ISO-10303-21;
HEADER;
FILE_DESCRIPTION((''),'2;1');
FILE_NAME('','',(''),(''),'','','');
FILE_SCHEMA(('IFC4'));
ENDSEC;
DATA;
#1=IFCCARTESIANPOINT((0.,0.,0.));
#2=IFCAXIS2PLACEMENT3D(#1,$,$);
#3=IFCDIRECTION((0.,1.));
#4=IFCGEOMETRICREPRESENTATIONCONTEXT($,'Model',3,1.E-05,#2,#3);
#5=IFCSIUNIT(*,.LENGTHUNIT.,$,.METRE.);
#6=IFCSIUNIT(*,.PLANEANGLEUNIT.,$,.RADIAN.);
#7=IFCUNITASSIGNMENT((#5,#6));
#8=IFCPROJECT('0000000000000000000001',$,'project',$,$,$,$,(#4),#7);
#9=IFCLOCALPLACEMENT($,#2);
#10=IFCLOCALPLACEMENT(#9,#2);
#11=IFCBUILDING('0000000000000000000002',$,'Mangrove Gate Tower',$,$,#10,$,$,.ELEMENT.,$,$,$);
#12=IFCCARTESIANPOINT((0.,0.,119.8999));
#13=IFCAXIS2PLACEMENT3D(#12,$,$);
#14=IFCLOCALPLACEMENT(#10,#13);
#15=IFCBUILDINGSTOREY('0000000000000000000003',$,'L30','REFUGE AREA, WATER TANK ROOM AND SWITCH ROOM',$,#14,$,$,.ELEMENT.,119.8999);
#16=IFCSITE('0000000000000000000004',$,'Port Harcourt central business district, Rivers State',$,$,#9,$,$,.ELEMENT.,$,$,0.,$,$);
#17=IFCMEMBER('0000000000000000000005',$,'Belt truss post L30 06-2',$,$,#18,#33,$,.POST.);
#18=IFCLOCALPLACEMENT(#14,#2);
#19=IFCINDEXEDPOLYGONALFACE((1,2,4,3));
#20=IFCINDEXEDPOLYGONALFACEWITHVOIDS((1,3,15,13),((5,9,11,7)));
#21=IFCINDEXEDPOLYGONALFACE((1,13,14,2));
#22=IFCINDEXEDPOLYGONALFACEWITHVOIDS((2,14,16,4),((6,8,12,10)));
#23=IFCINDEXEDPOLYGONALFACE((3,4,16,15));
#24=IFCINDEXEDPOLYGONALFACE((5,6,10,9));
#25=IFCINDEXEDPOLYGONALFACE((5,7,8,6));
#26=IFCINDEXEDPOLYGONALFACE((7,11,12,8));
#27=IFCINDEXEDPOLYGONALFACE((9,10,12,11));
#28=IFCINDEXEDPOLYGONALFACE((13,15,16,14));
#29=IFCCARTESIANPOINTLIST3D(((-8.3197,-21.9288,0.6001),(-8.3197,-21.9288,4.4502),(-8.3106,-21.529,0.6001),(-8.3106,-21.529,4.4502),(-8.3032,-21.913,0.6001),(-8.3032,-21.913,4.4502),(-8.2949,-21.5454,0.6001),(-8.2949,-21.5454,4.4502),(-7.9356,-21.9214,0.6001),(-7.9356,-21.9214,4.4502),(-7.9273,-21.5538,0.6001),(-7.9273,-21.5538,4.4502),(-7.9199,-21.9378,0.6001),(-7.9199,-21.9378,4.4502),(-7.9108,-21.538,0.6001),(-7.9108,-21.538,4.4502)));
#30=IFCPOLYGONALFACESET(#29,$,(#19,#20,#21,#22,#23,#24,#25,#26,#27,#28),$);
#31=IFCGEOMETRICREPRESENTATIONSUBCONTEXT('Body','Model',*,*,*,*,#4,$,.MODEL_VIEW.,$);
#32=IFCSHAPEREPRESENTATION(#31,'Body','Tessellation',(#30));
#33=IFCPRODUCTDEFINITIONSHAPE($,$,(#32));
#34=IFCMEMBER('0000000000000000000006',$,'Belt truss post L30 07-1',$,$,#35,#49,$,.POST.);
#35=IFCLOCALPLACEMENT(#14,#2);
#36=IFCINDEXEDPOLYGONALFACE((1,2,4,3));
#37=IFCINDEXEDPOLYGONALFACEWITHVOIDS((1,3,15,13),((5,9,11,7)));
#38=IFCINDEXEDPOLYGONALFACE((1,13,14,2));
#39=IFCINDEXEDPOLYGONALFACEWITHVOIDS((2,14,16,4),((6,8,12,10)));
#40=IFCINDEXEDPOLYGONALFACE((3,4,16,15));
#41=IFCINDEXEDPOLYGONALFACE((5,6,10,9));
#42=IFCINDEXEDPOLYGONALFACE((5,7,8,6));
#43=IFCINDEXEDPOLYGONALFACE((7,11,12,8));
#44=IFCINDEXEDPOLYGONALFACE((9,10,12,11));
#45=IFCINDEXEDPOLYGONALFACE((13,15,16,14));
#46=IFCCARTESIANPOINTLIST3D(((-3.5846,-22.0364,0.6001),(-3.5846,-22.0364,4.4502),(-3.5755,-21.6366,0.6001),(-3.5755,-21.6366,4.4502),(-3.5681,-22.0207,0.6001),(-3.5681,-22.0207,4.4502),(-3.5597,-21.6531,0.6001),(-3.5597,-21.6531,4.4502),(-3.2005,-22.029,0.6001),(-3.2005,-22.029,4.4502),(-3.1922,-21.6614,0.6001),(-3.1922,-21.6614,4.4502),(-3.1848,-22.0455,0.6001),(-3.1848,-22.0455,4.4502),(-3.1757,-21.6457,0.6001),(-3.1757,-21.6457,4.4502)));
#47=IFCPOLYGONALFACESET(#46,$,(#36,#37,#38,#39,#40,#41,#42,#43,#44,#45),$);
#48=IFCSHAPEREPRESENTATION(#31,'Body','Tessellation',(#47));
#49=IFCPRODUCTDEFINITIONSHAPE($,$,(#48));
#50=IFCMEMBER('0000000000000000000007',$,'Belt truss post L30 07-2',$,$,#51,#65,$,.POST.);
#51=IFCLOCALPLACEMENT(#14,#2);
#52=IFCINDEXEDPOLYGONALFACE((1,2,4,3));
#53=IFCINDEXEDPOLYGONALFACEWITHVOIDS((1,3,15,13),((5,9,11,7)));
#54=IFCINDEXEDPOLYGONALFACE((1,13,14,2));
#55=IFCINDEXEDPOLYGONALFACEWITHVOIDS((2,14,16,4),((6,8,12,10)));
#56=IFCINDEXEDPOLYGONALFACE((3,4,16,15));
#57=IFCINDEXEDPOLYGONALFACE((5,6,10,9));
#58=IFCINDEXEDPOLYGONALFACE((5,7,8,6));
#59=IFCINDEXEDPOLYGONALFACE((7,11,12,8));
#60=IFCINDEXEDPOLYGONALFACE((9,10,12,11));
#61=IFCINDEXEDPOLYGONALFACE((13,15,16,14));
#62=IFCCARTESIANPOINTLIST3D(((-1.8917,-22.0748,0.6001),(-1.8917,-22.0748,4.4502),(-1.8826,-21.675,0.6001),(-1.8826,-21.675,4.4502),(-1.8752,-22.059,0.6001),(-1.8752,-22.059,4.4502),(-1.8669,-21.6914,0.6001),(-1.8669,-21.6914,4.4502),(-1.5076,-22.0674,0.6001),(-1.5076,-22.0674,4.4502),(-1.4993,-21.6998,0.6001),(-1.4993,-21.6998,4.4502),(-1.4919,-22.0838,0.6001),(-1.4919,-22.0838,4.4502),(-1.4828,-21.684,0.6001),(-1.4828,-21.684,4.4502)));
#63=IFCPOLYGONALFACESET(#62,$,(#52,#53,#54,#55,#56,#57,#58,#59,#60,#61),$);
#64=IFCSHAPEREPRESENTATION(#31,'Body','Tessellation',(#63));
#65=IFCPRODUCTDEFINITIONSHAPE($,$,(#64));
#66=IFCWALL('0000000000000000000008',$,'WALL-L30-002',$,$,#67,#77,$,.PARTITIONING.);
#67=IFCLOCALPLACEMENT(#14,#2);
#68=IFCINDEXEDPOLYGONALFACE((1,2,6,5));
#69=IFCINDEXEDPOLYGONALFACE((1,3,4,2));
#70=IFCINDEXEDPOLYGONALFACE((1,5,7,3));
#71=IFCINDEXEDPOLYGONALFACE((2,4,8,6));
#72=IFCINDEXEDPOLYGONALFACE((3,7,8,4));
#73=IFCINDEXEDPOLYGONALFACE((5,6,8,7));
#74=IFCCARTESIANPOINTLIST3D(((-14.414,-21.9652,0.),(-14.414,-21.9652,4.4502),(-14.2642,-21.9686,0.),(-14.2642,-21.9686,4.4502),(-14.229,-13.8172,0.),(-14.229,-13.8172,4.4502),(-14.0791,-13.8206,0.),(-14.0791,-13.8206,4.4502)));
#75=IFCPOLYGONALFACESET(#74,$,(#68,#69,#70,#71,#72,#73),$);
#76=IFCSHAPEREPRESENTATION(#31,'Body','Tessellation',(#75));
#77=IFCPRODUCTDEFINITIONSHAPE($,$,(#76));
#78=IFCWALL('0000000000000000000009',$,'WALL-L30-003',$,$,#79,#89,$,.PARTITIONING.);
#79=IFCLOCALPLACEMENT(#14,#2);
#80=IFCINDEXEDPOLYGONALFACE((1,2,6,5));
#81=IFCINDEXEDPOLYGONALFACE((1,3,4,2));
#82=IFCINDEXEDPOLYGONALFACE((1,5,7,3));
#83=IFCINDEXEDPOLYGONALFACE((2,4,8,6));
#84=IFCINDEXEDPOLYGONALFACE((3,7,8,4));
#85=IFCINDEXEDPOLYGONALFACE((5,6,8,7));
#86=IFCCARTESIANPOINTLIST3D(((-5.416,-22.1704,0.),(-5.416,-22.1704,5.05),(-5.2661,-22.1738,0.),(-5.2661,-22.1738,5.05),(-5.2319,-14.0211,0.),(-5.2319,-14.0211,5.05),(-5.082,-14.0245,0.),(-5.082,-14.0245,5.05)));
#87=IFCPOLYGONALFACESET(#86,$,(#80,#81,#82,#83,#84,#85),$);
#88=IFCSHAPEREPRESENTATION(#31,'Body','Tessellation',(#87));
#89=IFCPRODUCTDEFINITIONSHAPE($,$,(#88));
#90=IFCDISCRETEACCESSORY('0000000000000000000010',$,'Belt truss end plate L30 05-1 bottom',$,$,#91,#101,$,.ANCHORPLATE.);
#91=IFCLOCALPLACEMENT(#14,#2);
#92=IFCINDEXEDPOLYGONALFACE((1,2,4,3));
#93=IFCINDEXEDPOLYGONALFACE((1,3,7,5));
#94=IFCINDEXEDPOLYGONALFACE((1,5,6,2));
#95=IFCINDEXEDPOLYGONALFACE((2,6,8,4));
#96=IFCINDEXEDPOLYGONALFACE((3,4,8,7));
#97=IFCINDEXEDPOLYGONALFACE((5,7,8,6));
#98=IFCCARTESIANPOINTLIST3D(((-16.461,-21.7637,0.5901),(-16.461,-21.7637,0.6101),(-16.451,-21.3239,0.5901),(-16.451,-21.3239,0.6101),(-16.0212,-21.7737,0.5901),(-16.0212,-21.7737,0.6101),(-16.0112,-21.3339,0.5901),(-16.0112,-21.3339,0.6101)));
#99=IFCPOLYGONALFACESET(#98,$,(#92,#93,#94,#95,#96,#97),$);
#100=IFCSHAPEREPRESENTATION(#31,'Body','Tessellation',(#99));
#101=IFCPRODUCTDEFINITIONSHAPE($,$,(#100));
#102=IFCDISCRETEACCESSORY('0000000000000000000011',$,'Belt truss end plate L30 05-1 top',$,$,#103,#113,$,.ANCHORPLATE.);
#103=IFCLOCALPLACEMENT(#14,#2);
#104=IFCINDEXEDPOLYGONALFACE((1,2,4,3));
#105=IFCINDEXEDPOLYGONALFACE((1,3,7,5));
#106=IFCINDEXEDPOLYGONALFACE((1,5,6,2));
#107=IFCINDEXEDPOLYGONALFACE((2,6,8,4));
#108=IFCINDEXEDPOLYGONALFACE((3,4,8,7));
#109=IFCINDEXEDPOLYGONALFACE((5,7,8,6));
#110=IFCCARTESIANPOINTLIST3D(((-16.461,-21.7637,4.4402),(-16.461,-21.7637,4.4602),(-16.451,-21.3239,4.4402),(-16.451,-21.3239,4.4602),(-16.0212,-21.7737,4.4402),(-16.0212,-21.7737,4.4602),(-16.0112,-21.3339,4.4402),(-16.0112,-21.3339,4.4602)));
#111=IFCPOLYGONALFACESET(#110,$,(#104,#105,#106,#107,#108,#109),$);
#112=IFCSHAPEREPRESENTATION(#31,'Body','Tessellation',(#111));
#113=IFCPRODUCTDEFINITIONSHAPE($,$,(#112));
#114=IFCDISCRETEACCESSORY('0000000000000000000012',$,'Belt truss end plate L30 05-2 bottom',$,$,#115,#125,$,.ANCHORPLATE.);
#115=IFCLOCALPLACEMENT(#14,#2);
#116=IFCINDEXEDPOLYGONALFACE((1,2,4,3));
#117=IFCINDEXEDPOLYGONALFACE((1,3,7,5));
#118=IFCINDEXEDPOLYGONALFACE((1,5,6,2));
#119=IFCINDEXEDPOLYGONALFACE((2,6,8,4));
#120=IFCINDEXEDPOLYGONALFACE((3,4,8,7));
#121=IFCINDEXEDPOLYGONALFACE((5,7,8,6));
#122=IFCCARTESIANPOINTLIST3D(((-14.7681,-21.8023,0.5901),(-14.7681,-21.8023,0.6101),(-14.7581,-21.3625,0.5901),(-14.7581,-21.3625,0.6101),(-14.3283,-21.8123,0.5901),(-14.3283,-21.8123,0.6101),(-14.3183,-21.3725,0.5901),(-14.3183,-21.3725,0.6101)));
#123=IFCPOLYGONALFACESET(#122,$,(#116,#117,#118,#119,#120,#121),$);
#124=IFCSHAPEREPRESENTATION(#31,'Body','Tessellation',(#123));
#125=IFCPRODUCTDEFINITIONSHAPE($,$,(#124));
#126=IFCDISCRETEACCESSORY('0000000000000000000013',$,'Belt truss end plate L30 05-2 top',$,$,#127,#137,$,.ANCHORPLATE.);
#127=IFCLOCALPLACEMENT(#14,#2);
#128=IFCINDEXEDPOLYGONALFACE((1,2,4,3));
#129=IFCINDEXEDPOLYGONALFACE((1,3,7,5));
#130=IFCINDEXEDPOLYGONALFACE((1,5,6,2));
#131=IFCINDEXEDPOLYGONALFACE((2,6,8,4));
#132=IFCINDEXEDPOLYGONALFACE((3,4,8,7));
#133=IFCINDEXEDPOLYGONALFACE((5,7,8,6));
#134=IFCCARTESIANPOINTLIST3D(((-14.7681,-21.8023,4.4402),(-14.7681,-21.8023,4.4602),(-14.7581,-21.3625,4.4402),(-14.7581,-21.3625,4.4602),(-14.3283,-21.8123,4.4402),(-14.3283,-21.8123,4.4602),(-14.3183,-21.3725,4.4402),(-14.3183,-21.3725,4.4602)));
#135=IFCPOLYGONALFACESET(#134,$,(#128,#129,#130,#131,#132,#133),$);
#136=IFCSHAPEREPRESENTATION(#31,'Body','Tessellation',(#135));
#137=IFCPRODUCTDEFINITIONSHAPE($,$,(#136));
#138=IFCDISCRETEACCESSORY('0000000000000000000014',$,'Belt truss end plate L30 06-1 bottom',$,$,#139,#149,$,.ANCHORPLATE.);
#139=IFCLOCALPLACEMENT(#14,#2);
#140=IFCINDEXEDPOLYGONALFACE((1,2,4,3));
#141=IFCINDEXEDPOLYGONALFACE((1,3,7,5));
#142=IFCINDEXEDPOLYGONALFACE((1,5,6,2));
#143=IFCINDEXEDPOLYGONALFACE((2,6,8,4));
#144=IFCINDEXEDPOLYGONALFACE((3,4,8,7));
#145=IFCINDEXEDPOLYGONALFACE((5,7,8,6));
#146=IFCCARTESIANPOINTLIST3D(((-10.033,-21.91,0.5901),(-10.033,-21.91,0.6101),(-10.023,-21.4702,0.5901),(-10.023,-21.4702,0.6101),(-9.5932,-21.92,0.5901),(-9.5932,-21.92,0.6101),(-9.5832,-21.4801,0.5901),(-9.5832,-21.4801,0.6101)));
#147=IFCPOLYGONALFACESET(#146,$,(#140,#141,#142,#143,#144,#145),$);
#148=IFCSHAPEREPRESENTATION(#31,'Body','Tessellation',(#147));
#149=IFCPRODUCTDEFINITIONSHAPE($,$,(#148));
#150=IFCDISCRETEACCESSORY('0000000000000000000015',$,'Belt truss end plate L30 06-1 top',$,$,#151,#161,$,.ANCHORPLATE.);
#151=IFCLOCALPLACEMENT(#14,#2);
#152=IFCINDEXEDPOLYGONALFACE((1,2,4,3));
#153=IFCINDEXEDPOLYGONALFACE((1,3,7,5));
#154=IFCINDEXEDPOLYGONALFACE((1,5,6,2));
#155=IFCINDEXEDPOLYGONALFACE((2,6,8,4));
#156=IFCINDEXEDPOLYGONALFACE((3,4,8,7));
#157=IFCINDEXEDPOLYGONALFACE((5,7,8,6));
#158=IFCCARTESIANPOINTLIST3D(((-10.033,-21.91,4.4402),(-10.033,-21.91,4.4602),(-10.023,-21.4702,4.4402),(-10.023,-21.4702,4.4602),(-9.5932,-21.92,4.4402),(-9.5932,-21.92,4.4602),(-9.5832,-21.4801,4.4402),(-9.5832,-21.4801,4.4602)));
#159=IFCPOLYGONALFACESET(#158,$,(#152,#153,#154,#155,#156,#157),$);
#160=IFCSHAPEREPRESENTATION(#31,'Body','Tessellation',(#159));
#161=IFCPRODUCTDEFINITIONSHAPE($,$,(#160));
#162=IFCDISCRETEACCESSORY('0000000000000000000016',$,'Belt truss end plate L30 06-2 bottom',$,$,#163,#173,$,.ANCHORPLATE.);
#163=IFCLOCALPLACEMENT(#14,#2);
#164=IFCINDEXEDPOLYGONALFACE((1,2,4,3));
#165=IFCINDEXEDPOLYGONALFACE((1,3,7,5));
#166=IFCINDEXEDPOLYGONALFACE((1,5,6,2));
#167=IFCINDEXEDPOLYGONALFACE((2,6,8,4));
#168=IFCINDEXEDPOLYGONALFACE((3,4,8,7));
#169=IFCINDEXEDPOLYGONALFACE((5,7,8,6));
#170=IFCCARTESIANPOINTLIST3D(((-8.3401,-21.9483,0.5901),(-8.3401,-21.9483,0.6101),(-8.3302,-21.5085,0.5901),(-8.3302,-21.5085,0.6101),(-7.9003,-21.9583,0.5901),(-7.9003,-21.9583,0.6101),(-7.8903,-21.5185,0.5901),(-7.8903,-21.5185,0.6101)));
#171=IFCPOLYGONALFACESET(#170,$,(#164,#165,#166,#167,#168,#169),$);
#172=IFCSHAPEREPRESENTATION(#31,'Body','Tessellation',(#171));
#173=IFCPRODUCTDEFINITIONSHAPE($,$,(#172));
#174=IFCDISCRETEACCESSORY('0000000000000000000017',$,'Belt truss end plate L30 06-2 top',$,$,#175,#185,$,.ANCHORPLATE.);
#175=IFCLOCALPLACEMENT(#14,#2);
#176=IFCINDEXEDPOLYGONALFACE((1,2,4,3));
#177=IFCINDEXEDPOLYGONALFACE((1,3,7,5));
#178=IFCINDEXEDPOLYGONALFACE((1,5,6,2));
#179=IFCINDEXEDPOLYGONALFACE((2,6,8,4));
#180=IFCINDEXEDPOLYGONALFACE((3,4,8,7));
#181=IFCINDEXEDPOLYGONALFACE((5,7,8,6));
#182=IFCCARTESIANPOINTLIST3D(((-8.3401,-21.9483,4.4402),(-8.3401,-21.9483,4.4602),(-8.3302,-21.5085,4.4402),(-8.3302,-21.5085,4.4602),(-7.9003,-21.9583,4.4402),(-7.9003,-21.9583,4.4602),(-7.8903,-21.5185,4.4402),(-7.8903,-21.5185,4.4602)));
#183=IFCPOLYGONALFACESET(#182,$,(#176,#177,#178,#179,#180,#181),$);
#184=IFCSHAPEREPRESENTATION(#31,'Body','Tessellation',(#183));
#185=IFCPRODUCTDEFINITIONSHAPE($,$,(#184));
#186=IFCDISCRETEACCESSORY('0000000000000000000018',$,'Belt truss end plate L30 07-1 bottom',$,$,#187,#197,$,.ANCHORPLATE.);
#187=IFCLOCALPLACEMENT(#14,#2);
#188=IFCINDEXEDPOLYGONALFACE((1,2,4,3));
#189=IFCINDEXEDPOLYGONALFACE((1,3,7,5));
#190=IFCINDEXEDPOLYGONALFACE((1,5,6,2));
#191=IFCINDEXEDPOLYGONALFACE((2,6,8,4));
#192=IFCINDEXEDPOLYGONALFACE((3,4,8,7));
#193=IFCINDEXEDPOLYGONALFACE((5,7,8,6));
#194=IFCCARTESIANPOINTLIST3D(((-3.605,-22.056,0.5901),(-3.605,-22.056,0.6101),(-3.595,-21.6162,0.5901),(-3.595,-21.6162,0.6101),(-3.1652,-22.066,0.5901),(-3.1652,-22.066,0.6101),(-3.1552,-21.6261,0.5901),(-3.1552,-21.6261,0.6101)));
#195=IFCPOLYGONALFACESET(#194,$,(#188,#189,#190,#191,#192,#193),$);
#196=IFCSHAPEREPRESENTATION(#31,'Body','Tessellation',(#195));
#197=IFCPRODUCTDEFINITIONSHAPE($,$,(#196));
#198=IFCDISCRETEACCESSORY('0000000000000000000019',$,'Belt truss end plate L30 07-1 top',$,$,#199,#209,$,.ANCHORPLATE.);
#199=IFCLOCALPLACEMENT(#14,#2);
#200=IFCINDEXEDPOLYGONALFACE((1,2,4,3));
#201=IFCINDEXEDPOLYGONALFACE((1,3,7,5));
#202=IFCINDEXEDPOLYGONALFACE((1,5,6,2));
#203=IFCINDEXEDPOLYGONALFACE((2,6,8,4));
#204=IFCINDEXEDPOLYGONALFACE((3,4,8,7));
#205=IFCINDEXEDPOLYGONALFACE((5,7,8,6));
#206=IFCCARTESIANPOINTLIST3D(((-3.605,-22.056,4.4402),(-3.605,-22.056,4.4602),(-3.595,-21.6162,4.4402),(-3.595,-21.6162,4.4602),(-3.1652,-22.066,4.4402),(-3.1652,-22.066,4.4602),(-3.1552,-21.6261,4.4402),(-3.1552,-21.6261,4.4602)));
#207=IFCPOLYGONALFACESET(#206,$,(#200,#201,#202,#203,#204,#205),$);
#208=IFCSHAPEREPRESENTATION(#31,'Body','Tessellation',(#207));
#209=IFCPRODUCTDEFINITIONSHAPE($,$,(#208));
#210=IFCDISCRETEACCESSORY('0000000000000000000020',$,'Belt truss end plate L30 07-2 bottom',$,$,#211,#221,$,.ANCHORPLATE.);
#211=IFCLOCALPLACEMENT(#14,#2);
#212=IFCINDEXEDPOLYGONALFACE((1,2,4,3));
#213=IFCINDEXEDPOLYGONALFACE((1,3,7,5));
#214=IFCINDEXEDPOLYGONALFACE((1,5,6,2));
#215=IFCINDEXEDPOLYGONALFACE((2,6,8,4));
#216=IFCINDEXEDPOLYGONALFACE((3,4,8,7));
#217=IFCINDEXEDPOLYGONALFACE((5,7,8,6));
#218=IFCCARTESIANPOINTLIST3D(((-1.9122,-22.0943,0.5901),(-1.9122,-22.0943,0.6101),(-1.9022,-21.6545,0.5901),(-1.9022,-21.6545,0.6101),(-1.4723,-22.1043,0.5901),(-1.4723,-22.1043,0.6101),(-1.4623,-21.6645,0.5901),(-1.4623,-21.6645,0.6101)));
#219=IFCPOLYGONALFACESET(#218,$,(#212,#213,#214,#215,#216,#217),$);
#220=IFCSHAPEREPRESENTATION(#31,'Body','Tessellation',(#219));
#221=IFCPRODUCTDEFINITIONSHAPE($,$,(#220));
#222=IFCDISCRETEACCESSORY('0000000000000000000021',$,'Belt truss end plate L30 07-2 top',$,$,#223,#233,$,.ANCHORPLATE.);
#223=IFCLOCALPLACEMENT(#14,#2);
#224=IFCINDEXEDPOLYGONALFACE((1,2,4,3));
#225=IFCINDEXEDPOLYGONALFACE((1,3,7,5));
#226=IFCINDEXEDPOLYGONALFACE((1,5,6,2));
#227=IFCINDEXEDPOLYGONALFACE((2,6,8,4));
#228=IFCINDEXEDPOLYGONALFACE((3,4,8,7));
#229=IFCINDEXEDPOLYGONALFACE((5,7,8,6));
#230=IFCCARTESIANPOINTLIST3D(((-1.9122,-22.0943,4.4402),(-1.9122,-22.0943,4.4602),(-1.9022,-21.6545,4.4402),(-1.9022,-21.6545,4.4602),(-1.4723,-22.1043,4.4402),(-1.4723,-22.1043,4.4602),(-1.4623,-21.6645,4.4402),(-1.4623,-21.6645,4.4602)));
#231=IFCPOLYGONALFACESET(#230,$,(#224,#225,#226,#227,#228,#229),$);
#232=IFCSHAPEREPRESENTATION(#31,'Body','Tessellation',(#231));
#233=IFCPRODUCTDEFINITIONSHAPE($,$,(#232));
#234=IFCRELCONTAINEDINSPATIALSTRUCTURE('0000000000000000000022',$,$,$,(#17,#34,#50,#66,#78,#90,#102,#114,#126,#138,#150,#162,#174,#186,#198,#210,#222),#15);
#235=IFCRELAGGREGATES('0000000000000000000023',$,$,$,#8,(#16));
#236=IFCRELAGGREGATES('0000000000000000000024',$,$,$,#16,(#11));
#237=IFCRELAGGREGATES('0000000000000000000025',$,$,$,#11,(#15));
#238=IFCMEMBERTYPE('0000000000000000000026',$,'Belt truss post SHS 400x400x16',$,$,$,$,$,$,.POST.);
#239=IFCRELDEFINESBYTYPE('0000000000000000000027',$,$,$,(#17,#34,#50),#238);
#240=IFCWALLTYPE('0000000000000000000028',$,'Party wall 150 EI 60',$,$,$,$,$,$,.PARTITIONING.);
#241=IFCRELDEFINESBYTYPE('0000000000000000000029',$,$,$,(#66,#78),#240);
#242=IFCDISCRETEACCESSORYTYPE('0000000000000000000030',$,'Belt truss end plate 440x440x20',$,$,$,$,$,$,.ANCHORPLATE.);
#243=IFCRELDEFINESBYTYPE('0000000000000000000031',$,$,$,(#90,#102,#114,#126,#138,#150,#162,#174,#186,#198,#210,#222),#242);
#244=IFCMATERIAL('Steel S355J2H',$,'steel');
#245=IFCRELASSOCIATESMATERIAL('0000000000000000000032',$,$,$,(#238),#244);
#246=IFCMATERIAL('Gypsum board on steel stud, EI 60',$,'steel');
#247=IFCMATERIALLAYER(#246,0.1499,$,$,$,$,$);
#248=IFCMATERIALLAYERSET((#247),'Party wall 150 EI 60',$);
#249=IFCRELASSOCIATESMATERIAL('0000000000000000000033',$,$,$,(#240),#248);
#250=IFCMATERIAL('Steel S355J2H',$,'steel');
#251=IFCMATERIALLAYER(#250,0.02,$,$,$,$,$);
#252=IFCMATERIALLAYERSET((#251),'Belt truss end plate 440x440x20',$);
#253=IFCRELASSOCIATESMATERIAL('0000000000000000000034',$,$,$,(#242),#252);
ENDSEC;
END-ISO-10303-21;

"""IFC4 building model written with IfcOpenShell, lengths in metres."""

from ifc_helpers import new_model, si_unit, direction, frame, frame_2d, origin, origin_2d, place, context, subcontext, project, spatial, rectangle, hollow_rectangle, extrude, material, layer, layer_set, material_profile, profile_set, type_object, element, save


model = new_model("IFC4")

# Units and contexts
model_context = context("Model", 3, precision=1e-05, world=origin(), true_north=direction((0.0, 1.0)))
body_context = subcontext(model_context, "Body", "Model", "MODEL_VIEW")
ifc_project = project(units=[si_unit("LENGTHUNIT", "METRE"), si_unit("PLANEANGLEUNIT", "RADIAN")], contexts=[model_context])

# Site, building, storey
site_placement = place(None, origin())
site = spatial("IfcSite", under=ifc_project, at=site_placement, Name="Port Harcourt central business district, Rivers State", CompositionType="ELEMENT", RefElevation=0.0)
building_placement = place(site_placement, origin())
building = spatial("IfcBuilding", under=site, at=building_placement, Name="Mangrove Gate Tower", CompositionType="ELEMENT")
storey_placement = place(building_placement, frame((0.0, 0.0, 119.8999)))
storey = spatial("IfcBuildingStorey", under=building, at=storey_placement, Name="L30", Description="REFUGE AREA, WATER TANK ROOM AND SWITCH ROOM", CompositionType="ELEMENT", Elevation=119.8999)

# Members
ifc_material_1 = material(Name="Steel S355J2H", Category="steel")
ifc_material_profile_1 = material_profile(ifc_material_1, hollow_rectangle(XDim=0.3999, YDim=0.3999, WallThickness=0.0161, at=origin_2d()))
ifc_profile_set_1 = profile_set([ifc_material_profile_1], Name="Steel S355J2H")
member_type_1 = type_object("IfcMemberType", Name="Belt truss post SHS 400x400x16", PredefinedType="POST", material=ifc_profile_set_1)
for number, where, z_axis, x_axis, name in (
    (1, (-8.1152, -21.7334, 0.6001), (0.0, 0.0, 1.0), (0.999742, -0.022707, 0.0), "Belt truss post L30 06-2"),
    (2, (-3.3801, -21.8411, 0.6001), (0.0, 0.0, 1.0), (0.999742, -0.022707, 0.0), "Belt truss post L30 07-1"),
    (3, (-1.6873, -21.8794, 0.6001), (0.0, 0.0, 1.0), (0.999742, -0.022707, 0.0), "Belt truss post L30 07-2"),
):
    element("IfcMember", number, at=place(storey_placement, frame(where, z_axis=z_axis, x_axis=x_axis)), inside=storey, type_object=member_type_1, Name=name, PredefinedType="POST", context=body_context, shape_type="SweptSolid", body=[
        extrude(hollow_rectangle(XDim=0.3999, YDim=0.3999, WallThickness=0.0161, at=origin_2d()), origin(), (0.0, 0.0, 1.0), 3.8501),
    ])

# Walls
ifc_material_2 = material(Name="Gypsum board on steel stud, EI 60", Category="steel")
ifc_layer_1 = layer(ifc_material_2, 0.1499)
ifc_layer_set_1 = layer_set([ifc_layer_1], Name="Party wall 150 EI 60")
wall_type = type_object("IfcWallType", Name="Party wall 150 EI 60", PredefinedType="PARTITIONING", material=ifc_layer_set_1)
wall_1_placement = place(storey_placement, frame((-14.3391, -21.967, 0.0), z_axis=(0.0, 0.0, 1.0), x_axis=(0.022706, 0.999742, 0.0)))
element("IfcWall", 4, at=wall_1_placement, inside=storey, type_object=wall_type, Name="WALL-L30-002", PredefinedType="PARTITIONING", context=body_context, shape_type="SweptSolid", body=[
    extrude(rectangle(XDim=8.1501, YDim=0.1499, at=frame_2d((4.0752, 0.0))), origin(), (0.0, 0.0, 1.0), 4.4502),
])
wall_2_placement = place(storey_placement, frame((-5.3411, -22.1721, 0.0), z_axis=(0.0, 0.0, 1.0), x_axis=(0.022583, 0.999745, 0.0)))
element("IfcWall", 5, at=wall_2_placement, inside=storey, type_object=wall_type, Name="WALL-L30-003", PredefinedType="PARTITIONING", context=body_context, shape_type="SweptSolid", body=[
    extrude(rectangle(XDim=8.1514, YDim=0.1499, at=frame_2d((4.0757, 0.0))), origin(), (0.0, 0.0, 1.0), 5.05),
])

# Discrete accessories
ifc_material_3 = material(Name="Steel S355J2H", Category="steel")
ifc_layer_2 = layer(ifc_material_3, 0.02)
ifc_layer_set_2 = layer_set([ifc_layer_2], Name="Belt truss end plate 440x440x20")
discrete_accessory_type = type_object("IfcDiscreteAccessoryType", Name="Belt truss end plate 440x440x20", PredefinedType="ANCHORPLATE", material=ifc_layer_set_2)
for number, where, z_axis, x_axis, name in (
    (6, (-16.2361, -21.5488, 0.5901), (0.0, 0.0, 1.0), (0.999742, -0.022707, 0.0), "Belt truss end plate L30 05-1 bottom"),
    (7, (-16.2361, -21.5488, 4.4402), (0.0, 0.0, 1.0), (0.999742, -0.022707, 0.0), "Belt truss end plate L30 05-1 top"),
    (8, (-14.5432, -21.5874, 0.5901), (0.0, 0.0, 1.0), (0.999742, -0.022707, 0.0), "Belt truss end plate L30 05-2 bottom"),
    (9, (-14.5432, -21.5874, 4.4402), (0.0, 0.0, 1.0), (0.999742, -0.022707, 0.0), "Belt truss end plate L30 05-2 top"),
    (10, (-9.8081, -21.6951, 0.5901), (0.0, 0.0, 1.0), (0.999742, -0.022707, 0.0), "Belt truss end plate L30 06-1 bottom"),
    (11, (-9.8081, -21.6951, 4.4402), (0.0, 0.0, 1.0), (0.999742, -0.022707, 0.0), "Belt truss end plate L30 06-1 top"),
    (12, (-8.1152, -21.7334, 0.5901), (0.0, 0.0, 1.0), (0.999742, -0.022707, 0.0), "Belt truss end plate L30 06-2 bottom"),
    (13, (-8.1152, -21.7334, 4.4402), (0.0, 0.0, 1.0), (0.999742, -0.022707, 0.0), "Belt truss end plate L30 06-2 top"),
    (14, (-3.3801, -21.8411, 0.5901), (0.0, 0.0, 1.0), (0.999742, -0.022707, 0.0), "Belt truss end plate L30 07-1 bottom"),
    (15, (-3.3801, -21.8411, 4.4402), (0.0, 0.0, 1.0), (0.999742, -0.022707, 0.0), "Belt truss end plate L30 07-1 top"),
    (16, (-1.6873, -21.8794, 0.5901), (0.0, 0.0, 1.0), (0.999742, -0.022707, 0.0), "Belt truss end plate L30 07-2 bottom"),
    (17, (-1.6873, -21.8794, 4.4402), (0.0, 0.0, 1.0), (0.999742, -0.022707, 0.0), "Belt truss end plate L30 07-2 top"),
):
    element("IfcDiscreteAccessory", number, at=place(storey_placement, frame(where, z_axis=z_axis, x_axis=x_axis)), inside=storey, type_object=discrete_accessory_type, Name=name, PredefinedType="ANCHORPLATE", context=body_context, shape_type="SweptSolid", body=[
        extrude(rectangle(XDim=0.4399, YDim=0.4399, at=origin_2d()), origin(), (0.0, 0.0, 1.0), 0.02),
    ])

save(model, "model.ifc")
